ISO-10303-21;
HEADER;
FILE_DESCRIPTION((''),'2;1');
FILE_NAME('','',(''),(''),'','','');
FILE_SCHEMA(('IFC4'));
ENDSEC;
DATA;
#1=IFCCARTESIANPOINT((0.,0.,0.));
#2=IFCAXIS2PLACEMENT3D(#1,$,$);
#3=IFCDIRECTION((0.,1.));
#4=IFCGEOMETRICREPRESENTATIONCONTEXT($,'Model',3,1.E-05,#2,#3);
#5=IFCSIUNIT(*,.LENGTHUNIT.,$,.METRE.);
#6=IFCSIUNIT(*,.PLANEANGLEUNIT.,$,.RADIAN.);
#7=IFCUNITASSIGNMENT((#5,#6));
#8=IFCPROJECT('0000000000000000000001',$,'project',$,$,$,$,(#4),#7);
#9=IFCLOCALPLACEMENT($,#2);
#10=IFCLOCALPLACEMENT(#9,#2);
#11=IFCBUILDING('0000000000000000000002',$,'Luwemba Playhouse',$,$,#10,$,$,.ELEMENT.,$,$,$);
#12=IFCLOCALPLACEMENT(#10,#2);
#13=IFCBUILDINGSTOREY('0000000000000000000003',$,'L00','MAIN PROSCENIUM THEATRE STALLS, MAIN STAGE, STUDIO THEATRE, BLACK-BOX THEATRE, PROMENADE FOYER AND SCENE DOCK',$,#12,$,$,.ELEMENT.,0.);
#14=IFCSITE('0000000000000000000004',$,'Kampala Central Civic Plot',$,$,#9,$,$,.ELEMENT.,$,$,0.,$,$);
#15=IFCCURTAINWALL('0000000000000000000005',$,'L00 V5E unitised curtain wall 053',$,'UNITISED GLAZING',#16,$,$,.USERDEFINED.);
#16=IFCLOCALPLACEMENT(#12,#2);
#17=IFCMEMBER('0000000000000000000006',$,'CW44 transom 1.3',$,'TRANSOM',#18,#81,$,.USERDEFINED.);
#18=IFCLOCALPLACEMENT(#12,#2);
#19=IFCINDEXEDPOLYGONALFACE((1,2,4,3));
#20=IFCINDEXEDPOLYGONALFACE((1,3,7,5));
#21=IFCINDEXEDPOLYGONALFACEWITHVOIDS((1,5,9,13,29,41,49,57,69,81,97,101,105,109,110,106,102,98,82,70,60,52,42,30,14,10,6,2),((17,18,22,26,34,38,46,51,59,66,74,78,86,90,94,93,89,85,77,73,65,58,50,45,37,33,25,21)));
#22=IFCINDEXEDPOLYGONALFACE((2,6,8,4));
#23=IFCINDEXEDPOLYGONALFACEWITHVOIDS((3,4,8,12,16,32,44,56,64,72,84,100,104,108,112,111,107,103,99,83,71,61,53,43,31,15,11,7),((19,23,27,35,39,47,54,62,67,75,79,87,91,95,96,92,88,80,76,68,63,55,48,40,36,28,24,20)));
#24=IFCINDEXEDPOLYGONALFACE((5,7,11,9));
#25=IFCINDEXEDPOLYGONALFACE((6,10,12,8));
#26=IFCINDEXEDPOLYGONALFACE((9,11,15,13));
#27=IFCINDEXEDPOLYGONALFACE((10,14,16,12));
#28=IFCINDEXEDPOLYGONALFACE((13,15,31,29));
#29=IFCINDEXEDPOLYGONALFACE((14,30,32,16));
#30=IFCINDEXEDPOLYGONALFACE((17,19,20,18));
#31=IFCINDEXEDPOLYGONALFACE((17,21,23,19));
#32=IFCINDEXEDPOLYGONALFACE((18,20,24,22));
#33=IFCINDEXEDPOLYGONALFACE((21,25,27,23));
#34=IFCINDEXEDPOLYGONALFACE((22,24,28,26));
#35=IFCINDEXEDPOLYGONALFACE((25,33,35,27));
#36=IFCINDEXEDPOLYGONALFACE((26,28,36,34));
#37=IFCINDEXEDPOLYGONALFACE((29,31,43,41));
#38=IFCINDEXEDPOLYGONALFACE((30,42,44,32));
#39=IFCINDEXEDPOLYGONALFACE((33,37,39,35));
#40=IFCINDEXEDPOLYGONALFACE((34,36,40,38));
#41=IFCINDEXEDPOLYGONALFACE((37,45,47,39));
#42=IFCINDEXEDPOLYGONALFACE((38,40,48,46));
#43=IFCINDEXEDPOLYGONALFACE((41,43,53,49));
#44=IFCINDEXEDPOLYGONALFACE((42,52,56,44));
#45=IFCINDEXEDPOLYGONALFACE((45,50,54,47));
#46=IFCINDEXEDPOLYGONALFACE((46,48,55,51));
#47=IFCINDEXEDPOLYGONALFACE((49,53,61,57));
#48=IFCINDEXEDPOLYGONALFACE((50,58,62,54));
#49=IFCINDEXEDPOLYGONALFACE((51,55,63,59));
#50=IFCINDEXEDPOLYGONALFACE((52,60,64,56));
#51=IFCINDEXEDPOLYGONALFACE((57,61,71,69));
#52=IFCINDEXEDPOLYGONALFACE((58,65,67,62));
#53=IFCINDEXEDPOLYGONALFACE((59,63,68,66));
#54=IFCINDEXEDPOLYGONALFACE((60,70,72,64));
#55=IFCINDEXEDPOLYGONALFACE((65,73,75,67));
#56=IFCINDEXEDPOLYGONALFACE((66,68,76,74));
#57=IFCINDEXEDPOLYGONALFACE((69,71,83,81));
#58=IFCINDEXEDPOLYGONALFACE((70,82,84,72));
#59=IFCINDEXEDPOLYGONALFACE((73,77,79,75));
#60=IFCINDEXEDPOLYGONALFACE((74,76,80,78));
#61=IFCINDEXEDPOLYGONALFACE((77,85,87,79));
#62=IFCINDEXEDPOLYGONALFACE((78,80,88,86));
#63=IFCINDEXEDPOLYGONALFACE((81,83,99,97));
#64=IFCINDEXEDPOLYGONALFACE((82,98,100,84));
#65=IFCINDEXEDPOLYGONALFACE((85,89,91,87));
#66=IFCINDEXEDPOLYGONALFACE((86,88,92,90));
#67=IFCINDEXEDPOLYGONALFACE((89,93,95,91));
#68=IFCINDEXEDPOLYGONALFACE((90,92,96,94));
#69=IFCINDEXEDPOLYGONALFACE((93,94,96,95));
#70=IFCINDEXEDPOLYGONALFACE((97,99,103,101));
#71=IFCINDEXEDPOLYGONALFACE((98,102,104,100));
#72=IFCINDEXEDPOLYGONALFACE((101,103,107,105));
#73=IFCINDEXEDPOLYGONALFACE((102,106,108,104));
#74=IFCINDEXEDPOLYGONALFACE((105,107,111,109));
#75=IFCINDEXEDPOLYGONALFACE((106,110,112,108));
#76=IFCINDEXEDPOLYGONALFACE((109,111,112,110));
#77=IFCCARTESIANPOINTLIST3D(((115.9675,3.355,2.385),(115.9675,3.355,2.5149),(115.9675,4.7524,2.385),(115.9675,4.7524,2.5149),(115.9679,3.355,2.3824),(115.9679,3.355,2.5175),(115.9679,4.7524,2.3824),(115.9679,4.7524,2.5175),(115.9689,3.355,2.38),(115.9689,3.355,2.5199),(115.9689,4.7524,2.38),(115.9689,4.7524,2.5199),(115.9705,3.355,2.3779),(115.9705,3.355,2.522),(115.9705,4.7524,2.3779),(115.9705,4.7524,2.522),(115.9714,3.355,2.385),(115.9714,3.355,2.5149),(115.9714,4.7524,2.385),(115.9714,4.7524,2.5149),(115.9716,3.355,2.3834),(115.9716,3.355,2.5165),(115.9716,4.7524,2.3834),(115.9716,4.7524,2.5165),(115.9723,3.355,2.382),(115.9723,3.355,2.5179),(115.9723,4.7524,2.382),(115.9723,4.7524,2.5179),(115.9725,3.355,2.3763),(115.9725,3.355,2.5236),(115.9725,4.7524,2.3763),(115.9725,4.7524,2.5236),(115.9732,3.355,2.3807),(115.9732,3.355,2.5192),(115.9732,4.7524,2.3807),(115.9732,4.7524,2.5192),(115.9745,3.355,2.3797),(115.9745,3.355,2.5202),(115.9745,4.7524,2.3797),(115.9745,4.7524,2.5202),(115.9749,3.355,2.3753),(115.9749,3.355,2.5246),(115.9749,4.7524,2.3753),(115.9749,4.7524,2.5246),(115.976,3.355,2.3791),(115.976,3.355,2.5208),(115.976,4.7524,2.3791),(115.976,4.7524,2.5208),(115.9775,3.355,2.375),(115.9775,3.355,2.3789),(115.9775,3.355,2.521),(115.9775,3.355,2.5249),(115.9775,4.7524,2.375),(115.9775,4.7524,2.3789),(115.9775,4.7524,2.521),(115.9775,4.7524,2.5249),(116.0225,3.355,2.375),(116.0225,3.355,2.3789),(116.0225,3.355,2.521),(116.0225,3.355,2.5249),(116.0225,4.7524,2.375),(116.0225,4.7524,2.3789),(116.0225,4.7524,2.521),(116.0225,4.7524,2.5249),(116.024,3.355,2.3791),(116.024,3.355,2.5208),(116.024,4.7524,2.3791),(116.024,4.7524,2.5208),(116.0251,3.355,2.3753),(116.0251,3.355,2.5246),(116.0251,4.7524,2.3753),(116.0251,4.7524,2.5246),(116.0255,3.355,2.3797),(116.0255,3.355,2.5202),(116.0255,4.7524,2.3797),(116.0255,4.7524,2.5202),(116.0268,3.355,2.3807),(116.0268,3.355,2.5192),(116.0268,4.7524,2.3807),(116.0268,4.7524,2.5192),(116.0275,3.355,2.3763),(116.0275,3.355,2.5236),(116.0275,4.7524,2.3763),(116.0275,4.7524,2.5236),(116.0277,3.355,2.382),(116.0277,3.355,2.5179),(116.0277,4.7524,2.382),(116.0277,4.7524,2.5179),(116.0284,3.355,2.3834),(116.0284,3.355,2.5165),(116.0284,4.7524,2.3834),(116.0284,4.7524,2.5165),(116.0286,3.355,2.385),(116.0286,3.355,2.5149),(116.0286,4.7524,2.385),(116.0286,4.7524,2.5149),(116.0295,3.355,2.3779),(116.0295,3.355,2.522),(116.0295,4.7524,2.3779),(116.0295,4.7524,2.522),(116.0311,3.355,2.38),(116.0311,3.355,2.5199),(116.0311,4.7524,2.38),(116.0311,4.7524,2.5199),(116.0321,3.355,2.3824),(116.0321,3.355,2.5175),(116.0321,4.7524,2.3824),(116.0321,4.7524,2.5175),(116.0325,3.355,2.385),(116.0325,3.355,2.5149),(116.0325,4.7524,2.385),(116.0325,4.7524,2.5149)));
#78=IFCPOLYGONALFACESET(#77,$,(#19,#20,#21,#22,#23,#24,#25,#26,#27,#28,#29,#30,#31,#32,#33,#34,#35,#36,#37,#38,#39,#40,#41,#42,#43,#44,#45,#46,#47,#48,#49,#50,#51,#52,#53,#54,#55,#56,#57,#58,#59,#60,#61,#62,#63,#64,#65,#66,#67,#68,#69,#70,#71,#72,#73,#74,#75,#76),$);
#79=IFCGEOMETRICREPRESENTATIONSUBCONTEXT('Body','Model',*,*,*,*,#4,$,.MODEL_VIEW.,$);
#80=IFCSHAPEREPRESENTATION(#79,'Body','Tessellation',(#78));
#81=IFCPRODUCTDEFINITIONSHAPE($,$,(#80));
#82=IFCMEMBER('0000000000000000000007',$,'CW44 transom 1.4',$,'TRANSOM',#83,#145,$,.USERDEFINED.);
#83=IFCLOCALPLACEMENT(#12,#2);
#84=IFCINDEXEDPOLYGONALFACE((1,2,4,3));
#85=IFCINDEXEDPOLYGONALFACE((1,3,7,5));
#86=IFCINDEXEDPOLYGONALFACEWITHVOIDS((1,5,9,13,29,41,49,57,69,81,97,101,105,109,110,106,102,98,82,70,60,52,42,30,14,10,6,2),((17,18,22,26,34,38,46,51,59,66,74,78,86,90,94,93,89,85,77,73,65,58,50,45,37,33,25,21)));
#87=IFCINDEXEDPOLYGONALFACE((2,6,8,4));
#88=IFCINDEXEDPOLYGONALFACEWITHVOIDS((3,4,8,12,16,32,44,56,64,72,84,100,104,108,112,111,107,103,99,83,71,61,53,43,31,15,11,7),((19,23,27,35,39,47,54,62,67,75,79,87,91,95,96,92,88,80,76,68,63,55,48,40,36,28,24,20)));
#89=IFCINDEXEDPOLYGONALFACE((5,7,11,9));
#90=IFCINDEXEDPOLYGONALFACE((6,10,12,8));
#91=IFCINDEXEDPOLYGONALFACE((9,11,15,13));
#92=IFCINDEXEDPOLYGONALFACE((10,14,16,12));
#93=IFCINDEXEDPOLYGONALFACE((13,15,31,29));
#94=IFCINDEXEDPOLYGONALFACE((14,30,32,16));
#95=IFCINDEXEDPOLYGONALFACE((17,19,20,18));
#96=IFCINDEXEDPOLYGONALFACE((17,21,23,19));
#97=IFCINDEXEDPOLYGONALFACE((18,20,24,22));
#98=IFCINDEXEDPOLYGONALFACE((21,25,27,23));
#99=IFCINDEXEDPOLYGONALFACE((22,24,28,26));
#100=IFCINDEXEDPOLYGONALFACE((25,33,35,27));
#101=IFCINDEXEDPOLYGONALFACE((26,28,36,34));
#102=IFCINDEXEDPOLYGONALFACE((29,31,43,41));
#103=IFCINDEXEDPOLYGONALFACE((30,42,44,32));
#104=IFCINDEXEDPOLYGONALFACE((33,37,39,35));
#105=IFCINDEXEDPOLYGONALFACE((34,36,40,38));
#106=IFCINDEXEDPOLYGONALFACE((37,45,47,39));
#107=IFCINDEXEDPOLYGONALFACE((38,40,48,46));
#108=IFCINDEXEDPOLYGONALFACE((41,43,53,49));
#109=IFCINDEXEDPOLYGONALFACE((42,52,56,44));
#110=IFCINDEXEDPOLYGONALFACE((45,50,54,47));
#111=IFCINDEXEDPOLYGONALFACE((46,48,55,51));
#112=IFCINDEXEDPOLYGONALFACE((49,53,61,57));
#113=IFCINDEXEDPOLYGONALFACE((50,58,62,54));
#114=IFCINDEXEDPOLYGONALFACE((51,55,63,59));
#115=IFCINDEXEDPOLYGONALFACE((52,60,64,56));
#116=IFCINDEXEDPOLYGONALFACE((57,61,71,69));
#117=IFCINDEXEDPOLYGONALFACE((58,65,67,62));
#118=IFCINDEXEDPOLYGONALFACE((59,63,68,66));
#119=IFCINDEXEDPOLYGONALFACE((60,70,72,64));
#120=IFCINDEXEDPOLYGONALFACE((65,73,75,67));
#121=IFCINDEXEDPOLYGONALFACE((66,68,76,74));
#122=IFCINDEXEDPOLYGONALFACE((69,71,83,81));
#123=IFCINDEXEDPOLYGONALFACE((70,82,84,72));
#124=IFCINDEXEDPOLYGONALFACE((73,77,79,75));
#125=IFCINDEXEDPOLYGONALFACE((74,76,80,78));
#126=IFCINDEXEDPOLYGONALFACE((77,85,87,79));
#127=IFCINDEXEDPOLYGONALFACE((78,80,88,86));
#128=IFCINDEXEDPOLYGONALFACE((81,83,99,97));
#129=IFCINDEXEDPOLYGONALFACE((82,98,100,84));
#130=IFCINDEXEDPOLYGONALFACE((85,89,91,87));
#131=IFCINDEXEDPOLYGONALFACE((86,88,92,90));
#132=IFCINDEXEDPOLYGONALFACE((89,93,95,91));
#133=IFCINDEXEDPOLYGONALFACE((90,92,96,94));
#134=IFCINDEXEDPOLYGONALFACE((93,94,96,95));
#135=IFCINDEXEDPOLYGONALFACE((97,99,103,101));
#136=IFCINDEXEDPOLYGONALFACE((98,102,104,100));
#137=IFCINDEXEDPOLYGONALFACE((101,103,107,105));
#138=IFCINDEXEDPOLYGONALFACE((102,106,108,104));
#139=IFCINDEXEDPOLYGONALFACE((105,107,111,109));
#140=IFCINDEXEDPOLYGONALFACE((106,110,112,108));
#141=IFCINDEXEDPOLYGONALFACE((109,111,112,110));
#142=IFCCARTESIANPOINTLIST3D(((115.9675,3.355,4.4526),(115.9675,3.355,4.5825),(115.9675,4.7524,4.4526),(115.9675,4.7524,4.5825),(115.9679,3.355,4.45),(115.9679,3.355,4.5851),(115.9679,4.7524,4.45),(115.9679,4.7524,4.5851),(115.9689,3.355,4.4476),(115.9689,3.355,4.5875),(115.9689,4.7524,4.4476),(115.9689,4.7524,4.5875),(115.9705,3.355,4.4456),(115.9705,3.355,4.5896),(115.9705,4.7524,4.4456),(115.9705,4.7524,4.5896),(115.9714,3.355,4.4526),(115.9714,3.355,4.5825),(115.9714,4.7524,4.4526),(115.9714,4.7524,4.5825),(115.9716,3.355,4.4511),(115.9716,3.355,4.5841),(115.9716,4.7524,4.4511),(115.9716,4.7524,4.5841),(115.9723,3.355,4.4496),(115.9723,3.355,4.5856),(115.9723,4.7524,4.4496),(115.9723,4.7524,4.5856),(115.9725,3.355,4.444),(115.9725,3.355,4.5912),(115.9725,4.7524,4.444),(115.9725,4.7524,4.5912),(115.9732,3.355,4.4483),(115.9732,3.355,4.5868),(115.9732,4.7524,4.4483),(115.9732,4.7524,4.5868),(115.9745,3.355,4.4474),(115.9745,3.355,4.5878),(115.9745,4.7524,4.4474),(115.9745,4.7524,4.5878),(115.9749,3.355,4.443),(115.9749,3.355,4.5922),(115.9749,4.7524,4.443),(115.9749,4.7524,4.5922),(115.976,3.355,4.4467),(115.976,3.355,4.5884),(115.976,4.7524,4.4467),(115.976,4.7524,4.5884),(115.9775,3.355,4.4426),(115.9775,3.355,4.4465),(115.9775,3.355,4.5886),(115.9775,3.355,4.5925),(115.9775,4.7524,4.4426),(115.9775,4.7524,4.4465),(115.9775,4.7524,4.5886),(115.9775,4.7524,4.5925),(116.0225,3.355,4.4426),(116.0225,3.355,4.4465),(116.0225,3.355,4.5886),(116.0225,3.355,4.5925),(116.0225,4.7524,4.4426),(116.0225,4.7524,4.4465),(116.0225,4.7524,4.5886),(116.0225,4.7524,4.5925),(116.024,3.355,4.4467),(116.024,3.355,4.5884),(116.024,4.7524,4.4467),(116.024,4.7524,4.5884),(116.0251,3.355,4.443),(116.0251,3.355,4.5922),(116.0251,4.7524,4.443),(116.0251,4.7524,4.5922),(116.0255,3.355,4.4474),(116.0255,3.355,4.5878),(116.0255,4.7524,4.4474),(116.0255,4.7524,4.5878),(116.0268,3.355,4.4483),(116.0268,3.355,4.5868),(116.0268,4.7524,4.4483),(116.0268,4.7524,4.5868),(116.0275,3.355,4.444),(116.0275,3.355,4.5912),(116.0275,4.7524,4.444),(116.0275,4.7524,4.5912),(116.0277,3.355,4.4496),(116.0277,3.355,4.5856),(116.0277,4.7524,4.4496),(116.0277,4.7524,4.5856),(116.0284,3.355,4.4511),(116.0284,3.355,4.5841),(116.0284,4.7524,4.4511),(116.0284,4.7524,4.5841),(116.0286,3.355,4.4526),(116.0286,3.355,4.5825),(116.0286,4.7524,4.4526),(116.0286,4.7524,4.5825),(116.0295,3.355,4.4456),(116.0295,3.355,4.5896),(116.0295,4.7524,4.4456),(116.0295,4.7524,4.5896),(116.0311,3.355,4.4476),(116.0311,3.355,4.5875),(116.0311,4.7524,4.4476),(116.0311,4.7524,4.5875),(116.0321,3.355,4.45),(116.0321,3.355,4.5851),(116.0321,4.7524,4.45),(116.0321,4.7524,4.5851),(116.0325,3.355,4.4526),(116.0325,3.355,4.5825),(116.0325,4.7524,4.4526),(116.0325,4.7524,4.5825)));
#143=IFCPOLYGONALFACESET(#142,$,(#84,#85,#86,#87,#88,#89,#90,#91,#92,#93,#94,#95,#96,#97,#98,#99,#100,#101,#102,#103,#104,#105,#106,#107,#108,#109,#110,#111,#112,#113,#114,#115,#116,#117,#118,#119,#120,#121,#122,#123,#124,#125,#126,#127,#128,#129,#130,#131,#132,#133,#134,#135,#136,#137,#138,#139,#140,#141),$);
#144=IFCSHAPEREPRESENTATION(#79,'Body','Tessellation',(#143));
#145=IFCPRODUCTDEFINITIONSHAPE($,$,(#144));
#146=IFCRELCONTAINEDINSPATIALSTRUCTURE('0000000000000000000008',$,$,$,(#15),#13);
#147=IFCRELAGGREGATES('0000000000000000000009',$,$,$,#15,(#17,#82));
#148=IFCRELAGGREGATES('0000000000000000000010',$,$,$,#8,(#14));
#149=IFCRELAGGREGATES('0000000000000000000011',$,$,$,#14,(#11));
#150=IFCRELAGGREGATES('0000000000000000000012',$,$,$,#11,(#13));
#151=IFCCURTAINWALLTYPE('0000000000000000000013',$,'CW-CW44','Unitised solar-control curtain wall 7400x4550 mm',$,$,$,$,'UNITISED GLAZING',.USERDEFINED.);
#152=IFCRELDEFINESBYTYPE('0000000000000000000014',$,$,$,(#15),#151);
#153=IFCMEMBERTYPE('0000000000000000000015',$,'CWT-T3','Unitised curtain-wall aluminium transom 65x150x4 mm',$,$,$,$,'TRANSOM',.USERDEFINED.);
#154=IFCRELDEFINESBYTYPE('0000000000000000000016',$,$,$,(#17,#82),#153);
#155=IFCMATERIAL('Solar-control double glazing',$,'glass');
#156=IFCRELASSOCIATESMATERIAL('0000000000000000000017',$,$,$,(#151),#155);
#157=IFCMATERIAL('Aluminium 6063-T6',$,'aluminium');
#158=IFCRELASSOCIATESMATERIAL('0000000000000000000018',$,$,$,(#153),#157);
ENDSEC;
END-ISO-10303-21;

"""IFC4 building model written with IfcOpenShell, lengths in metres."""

from ifc_helpers import new_model, si_unit, direction, frame, origin, origin_2d, place, context, subcontext, project, spatial, hollow_rectangle, extrude, material, material_profile, profile_set, type_object, element, aggregate, save


model = new_model("IFC4")

# Units and contexts
model_context = context("Model", 3, precision=1e-05, world=origin(), true_north=direction((0.0, 1.0)))
body_context = subcontext(model_context, "Body", "Model", "MODEL_VIEW")
ifc_project = project(units=[si_unit("LENGTHUNIT", "METRE"), si_unit("PLANEANGLEUNIT", "RADIAN")], contexts=[model_context])

# Site, building, storey
site_placement = place(None, origin())
site = spatial("IfcSite", under=ifc_project, at=site_placement, Name="Kampala Central Civic Plot", CompositionType="ELEMENT", RefElevation=0.0)
building_placement = place(site_placement, origin())
building = spatial("IfcBuilding", under=site, at=building_placement, Name="Luwemba Playhouse", CompositionType="ELEMENT")
storey_placement = place(building_placement, origin())
storey = spatial("IfcBuildingStorey", under=building, at=storey_placement, Name="L00", Description="MAIN PROSCENIUM THEATRE STALLS, MAIN STAGE, STUDIO THEATRE, BLACK-BOX THEATRE, PROMENADE FOYER AND SCENE DOCK", CompositionType="ELEMENT", Elevation=0.0)

# Curtain wall, members
ifc_material_1 = material(Name="Solar-control double glazing", Category="glass")
curtain_wall_type = type_object("IfcCurtainWallType", Name="CW-CW44", Description="Unitised solar-control curtain wall 7400x4550 mm", ElementType="UNITISED GLAZING", PredefinedType="USERDEFINED", material=ifc_material_1)
curtain_wall_placement = place(storey_placement, origin())
curtain_wall = element("IfcCurtainWall", 1, at=curtain_wall_placement, inside=storey, type_object=curtain_wall_type, Name="L00 V5E unitised curtain wall 053", ObjectType="UNITISED GLAZING", PredefinedType="USERDEFINED")
ifc_material_2 = material(Name="Aluminium 6063-T6", Category="aluminium")
ifc_material_profile_1 = material_profile(ifc_material_2, hollow_rectangle(XDim=0.0649, YDim=0.1499, WallThickness=0.0039, InnerFilletRadius=0.0061, OuterFilletRadius=0.01, at=origin_2d()))
ifc_profile_set_1 = profile_set([ifc_material_profile_1], Name="Aluminium 6063-T6")
member_type_1 = type_object("IfcMemberType", Name="CWT-T3", Description="Unitised curtain-wall aluminium transom 65x150x4 mm", ElementType="TRANSOM", PredefinedType="USERDEFINED", material=ifc_profile_set_1)
member_1_placement = place(storey_placement, frame((116.0, 3.355, 2.45), z_axis=(0.0, 1.0, 0.0), x_axis=(-1.0, 0.0, 0.0)))
member_1 = element("IfcMember", 2, at=member_1_placement, type_object=member_type_1, Name="CW44 transom 1.3", ObjectType="TRANSOM", PredefinedType="USERDEFINED", context=body_context, shape_type="SweptSolid", body=[
    extrude(hollow_rectangle(XDim=0.0649, YDim=0.1499, WallThickness=0.0039, InnerFilletRadius=0.0061, OuterFilletRadius=0.01, at=origin_2d()), origin(), (0.0, 0.0, 1.0), 1.3975),
])
member_2_placement = place(storey_placement, frame((116.0, 3.355, 4.5176), z_axis=(0.0, 1.0, 0.0), x_axis=(-1.0, 0.0, 0.0)))
member_2 = element("IfcMember", 3, at=member_2_placement, type_object=member_type_1, Name="CW44 transom 1.4", ObjectType="TRANSOM", PredefinedType="USERDEFINED", context=body_context, shape_type="SweptSolid", body=[
    extrude(hollow_rectangle(XDim=0.0649, YDim=0.1499, WallThickness=0.0039, InnerFilletRadius=0.0061, OuterFilletRadius=0.01, at=origin_2d()), origin(), (0.0, 0.0, 1.0), 1.3975),
])
aggregate(curtain_wall, [member_1, member_2])

save(model, "model.ifc")
